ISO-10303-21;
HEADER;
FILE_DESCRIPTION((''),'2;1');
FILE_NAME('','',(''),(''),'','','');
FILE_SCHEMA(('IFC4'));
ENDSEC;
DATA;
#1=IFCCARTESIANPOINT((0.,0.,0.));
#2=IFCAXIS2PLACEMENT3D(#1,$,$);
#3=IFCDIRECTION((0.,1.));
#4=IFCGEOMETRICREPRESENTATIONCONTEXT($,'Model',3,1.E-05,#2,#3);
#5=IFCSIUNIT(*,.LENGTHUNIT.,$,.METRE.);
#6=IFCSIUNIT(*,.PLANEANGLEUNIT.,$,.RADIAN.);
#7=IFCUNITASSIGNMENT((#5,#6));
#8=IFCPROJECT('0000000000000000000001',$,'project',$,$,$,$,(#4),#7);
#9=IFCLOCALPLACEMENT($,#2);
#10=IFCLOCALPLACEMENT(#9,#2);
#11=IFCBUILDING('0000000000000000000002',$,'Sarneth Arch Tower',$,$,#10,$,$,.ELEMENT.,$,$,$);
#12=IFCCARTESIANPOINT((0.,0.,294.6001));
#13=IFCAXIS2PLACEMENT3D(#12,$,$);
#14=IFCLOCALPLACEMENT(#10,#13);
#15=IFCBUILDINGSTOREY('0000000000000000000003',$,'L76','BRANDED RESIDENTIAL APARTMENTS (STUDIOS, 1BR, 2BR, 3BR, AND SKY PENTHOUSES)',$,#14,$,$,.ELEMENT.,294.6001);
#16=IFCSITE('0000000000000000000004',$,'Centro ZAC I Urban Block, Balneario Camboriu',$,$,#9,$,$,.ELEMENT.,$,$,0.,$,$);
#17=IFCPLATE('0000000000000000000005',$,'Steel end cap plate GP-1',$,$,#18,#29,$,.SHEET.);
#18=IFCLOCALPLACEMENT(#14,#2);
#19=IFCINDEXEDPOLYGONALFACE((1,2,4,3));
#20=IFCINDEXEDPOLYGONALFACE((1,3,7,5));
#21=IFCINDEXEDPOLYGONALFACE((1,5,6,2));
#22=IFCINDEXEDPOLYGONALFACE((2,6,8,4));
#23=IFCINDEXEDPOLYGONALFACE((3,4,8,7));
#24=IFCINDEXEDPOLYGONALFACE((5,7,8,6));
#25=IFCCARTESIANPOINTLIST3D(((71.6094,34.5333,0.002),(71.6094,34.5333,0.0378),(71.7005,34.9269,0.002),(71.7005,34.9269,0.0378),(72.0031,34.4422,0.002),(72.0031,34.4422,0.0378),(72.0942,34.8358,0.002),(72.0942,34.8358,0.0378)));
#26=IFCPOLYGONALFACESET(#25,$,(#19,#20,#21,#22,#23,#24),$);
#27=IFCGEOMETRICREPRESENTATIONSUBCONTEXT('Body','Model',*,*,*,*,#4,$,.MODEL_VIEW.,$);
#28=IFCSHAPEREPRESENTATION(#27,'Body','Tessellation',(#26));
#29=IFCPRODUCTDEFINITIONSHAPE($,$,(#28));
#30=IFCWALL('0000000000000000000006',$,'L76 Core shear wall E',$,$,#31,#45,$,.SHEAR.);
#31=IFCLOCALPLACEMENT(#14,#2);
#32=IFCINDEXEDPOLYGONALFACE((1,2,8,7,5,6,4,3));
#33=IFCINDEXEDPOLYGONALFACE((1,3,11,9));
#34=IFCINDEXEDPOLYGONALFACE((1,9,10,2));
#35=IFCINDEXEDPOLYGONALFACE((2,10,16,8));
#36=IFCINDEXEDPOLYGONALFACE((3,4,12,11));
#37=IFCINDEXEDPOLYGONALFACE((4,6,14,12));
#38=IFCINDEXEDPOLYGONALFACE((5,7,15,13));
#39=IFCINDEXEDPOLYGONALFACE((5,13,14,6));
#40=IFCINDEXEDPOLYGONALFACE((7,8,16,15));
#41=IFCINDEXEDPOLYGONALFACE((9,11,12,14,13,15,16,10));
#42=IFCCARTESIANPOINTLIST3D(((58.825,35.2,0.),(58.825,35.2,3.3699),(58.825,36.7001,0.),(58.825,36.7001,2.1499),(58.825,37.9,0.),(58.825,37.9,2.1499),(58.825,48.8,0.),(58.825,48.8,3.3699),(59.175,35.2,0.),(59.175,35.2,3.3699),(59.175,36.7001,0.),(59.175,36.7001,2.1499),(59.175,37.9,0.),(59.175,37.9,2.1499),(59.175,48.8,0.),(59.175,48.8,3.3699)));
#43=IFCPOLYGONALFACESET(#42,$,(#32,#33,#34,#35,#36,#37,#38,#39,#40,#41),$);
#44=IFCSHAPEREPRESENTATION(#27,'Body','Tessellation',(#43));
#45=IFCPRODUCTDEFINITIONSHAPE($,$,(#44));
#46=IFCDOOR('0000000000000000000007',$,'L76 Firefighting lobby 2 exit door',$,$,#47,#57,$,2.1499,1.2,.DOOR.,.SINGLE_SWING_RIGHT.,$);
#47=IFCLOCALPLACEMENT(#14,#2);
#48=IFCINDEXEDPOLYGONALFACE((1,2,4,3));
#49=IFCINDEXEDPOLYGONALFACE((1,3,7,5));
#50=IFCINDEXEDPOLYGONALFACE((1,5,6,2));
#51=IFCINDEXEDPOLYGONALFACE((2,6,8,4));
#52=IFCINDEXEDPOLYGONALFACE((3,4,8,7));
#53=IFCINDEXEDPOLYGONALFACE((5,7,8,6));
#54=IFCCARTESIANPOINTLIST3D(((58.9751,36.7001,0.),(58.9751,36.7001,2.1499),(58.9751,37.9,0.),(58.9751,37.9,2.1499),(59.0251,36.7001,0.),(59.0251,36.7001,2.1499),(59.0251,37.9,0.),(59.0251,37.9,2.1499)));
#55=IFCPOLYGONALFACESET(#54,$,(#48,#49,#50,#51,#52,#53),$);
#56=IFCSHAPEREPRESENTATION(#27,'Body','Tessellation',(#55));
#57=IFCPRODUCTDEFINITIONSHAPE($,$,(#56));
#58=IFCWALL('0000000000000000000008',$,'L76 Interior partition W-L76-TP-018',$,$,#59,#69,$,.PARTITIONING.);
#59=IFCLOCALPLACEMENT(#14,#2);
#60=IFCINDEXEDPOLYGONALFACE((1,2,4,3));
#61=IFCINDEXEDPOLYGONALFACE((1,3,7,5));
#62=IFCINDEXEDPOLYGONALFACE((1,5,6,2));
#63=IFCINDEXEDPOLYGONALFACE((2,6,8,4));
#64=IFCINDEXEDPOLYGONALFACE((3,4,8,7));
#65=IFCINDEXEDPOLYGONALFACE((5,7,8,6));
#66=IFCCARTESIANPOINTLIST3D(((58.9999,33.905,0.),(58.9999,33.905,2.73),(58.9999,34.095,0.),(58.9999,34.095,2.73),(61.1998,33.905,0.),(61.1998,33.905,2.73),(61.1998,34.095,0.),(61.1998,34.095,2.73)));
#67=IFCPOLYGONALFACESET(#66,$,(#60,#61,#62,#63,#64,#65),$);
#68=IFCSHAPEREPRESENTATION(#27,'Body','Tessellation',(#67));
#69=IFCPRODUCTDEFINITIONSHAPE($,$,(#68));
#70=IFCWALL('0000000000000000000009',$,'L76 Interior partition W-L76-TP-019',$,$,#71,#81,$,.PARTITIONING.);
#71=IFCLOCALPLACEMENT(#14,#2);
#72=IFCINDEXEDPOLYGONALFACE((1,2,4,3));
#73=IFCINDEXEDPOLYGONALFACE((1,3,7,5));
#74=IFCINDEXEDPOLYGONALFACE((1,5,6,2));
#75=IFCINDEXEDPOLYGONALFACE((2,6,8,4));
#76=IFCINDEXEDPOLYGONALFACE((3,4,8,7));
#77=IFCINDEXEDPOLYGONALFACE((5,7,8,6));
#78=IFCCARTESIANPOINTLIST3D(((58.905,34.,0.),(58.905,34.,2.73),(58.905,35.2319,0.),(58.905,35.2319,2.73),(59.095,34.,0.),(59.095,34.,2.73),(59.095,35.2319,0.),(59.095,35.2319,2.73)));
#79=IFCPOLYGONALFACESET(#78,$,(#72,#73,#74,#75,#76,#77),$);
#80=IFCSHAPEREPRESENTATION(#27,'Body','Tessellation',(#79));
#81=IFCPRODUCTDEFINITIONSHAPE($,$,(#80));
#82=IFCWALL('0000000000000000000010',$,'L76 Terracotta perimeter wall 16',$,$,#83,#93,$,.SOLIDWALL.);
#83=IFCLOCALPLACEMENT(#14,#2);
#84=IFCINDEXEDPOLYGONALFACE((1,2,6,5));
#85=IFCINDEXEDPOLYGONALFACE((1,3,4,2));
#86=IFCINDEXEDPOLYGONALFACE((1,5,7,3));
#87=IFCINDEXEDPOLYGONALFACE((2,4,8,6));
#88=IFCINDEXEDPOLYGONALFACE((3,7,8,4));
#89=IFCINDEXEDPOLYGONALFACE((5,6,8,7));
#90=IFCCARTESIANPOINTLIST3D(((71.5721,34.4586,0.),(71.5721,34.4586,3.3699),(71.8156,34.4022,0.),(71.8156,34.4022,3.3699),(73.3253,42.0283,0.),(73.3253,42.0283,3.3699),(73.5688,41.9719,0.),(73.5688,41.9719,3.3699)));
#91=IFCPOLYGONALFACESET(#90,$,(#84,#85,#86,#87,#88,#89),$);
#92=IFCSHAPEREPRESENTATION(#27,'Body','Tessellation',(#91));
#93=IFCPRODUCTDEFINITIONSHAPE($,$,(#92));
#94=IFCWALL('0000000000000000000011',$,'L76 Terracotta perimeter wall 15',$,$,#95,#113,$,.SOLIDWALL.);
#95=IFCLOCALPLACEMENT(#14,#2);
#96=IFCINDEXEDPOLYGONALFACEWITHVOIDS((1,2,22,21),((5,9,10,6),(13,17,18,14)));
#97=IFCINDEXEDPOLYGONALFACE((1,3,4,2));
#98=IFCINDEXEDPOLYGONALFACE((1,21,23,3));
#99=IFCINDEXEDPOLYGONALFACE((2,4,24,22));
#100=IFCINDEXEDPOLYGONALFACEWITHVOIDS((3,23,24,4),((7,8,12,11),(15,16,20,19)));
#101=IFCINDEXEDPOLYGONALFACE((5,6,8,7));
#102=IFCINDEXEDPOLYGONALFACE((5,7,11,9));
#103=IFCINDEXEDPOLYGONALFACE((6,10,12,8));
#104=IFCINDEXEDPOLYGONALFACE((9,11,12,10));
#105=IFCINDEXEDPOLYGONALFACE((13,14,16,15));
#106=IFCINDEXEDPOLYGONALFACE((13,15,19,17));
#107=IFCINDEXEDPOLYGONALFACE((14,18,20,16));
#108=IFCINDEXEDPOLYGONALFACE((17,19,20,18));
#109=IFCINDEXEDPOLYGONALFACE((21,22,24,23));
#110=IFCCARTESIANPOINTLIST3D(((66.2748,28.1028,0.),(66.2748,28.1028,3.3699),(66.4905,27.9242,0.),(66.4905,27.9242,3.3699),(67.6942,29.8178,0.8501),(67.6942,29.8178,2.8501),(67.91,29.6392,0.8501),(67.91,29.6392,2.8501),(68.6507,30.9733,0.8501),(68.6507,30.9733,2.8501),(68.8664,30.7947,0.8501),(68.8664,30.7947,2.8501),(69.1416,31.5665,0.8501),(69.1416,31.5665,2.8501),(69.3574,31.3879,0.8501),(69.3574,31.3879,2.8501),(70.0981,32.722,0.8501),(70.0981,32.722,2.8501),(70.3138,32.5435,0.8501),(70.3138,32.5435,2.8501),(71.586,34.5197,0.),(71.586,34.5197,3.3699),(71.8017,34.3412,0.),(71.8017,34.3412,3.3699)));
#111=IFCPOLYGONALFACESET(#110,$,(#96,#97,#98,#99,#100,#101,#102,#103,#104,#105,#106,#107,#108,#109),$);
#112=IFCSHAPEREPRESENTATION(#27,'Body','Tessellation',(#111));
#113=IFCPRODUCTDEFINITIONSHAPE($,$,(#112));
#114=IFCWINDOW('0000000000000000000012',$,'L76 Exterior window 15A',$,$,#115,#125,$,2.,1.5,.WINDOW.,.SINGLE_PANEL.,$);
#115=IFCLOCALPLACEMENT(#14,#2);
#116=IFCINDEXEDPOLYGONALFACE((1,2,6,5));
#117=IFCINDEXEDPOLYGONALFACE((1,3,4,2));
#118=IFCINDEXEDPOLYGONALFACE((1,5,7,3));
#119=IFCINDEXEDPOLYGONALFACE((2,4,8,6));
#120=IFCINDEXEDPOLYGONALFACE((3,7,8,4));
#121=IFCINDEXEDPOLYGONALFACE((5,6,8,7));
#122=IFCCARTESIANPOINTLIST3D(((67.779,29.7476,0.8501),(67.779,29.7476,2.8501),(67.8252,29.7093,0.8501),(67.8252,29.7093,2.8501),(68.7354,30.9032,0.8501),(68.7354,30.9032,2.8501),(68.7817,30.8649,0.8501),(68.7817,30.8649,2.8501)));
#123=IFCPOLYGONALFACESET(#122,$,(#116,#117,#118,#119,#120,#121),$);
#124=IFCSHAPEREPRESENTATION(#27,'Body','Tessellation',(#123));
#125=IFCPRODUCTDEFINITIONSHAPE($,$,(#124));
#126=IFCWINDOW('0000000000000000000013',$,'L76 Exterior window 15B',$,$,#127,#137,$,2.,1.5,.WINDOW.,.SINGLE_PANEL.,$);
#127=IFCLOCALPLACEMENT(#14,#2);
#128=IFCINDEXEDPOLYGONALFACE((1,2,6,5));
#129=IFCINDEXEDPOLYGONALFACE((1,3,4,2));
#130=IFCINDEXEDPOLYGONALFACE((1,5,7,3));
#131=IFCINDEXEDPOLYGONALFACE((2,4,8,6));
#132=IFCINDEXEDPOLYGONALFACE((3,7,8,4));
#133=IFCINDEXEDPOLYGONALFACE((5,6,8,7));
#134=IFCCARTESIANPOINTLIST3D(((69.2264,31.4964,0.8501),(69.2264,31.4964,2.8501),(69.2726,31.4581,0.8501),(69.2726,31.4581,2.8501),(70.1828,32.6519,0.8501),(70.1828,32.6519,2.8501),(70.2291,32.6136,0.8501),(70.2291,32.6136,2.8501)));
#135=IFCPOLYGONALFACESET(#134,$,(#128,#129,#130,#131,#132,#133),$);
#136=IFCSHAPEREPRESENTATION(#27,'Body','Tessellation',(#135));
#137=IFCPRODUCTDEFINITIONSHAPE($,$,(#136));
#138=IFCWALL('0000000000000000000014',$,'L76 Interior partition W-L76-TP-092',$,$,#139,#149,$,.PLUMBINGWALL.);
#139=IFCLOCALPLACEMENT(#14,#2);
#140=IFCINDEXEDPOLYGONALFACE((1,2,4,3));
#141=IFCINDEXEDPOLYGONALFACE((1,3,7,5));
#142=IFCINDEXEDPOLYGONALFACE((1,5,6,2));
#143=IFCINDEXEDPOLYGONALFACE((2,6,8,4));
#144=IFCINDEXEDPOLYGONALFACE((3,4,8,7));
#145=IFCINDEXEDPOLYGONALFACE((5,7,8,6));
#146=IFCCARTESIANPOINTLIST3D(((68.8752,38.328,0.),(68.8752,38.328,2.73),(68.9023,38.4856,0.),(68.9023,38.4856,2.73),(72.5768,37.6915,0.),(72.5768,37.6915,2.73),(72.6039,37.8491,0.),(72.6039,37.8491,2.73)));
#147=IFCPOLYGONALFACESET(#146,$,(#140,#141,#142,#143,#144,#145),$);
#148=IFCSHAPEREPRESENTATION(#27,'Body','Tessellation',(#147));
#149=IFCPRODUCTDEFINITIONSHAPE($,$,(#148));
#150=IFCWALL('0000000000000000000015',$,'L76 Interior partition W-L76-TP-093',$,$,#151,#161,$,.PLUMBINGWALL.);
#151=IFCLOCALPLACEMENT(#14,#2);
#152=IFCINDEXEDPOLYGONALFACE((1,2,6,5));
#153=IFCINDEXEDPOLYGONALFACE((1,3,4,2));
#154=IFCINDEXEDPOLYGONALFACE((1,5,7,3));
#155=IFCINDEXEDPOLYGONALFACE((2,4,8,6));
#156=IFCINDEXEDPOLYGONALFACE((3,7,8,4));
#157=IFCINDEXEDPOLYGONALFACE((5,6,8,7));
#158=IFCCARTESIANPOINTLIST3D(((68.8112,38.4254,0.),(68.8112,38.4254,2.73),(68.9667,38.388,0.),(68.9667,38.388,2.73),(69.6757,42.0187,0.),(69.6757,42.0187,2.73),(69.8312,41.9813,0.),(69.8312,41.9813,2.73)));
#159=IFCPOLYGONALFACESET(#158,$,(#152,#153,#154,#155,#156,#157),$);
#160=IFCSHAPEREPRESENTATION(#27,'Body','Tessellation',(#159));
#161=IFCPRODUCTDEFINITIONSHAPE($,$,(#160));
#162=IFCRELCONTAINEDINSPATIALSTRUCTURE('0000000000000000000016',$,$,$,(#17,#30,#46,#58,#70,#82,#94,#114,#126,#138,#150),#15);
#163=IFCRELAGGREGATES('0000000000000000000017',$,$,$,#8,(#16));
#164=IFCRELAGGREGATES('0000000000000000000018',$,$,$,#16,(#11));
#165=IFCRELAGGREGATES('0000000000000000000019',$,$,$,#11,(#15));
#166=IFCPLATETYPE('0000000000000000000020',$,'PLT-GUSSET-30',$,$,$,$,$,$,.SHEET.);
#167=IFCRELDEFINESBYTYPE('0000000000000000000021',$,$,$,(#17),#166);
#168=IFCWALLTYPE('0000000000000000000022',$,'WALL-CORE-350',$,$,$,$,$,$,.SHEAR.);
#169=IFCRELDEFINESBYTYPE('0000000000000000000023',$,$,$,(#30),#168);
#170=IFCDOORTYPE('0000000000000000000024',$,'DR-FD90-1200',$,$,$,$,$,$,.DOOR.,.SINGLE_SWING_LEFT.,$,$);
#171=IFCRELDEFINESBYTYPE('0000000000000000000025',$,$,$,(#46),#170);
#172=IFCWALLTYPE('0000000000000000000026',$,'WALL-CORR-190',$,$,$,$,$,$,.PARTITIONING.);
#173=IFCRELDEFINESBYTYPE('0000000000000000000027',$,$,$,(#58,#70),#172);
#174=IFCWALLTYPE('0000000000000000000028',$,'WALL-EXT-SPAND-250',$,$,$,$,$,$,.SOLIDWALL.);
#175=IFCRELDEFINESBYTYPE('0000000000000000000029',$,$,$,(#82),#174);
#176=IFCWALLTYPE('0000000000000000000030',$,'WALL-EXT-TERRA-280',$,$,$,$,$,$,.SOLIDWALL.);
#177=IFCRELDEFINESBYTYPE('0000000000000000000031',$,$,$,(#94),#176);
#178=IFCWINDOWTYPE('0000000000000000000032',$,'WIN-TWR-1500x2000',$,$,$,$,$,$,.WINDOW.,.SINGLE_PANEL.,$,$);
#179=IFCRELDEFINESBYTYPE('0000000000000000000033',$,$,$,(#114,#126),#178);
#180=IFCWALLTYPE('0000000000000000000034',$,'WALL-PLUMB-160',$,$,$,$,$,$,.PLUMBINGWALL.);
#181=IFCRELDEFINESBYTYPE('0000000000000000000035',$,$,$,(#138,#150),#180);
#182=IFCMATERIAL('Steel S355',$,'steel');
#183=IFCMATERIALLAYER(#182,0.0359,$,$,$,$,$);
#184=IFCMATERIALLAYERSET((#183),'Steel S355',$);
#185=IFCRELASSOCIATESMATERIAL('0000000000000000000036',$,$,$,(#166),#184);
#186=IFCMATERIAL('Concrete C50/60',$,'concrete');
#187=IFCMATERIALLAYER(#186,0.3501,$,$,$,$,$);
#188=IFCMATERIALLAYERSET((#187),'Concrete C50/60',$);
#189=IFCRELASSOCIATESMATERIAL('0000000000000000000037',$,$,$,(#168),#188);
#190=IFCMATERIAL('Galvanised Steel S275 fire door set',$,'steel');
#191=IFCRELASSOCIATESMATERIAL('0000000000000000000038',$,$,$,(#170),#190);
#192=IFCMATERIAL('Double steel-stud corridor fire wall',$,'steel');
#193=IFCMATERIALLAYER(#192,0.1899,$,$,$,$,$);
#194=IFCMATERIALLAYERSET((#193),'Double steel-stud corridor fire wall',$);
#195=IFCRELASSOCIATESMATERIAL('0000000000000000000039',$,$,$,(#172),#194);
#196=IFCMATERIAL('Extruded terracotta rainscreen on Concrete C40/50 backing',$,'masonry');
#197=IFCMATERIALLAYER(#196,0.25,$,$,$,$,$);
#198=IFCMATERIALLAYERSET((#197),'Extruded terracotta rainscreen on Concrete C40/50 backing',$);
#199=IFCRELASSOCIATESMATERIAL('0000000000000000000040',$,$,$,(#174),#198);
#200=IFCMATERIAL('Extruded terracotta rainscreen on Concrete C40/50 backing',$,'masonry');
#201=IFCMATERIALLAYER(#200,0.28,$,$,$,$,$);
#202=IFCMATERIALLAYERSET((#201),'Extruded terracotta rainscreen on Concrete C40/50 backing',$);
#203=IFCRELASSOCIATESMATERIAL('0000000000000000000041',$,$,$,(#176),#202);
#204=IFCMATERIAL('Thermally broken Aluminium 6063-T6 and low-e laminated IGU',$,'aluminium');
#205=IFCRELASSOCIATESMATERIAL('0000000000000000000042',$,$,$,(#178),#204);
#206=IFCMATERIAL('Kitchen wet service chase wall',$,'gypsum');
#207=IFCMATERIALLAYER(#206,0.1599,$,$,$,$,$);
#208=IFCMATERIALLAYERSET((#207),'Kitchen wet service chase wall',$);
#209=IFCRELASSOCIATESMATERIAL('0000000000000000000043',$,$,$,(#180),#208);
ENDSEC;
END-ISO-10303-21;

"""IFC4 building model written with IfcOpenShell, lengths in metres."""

from ifc_helpers import new_model, si_unit, direction, frame, frame_2d, origin, origin_2d, place, context, subcontext, project, spatial, rectangle, extrude, material, layer, layer_set, type_object, element, fill, save


model = new_model("IFC4")

# Units and contexts
model_context = context("Model", 3, precision=1e-05, world=origin(), true_north=direction((0.0, 1.0)))
body_context = subcontext(model_context, "Body", "Model", "MODEL_VIEW")
ifc_project = project(units=[si_unit("LENGTHUNIT", "METRE"), si_unit("PLANEANGLEUNIT", "RADIAN")], contexts=[model_context])

# Site, building, storey
site_placement = place(None, origin())
site = spatial("IfcSite", under=ifc_project, at=site_placement, Name="Centro ZAC I Urban Block, Balneario Camboriu", CompositionType="ELEMENT", RefElevation=0.0)
building_placement = place(site_placement, origin())
building = spatial("IfcBuilding", under=site, at=building_placement, Name="Sarneth Arch Tower", CompositionType="ELEMENT")
storey_placement = place(building_placement, frame((0.0, 0.0, 294.6001)))
storey = spatial("IfcBuildingStorey", under=building, at=storey_placement, Name="L76", Description="BRANDED RESIDENTIAL APARTMENTS (STUDIOS, 1BR, 2BR, 3BR, AND SKY PENTHOUSES)", CompositionType="ELEMENT", Elevation=294.6001)

# Plate
ifc_material_1 = material(Name="Steel S355", Category="steel")
ifc_layer_1 = layer(ifc_material_1, 0.0359)
ifc_layer_set_1 = layer_set([ifc_layer_1], Name="Steel S355")
plate_type = type_object("IfcPlateType", Name="PLT-GUSSET-30", PredefinedType="SHEET", material=ifc_layer_set_1)
plate_placement = place(storey_placement, frame((71.8518, 34.6846, 0.002), z_axis=(0.0, 0.0, 1.0), x_axis=(0.225461, 0.974252, 0.0)))
element("IfcPlate", 1, at=plate_placement, inside=storey, type_object=plate_type, Name="Steel end cap plate GP-1", PredefinedType="SHEET", context=body_context, shape_type="SweptSolid", body=[
    extrude(rectangle(XDim=0.4041, YDim=0.4041, at=origin_2d()), origin(), (0.0, 0.0, 1.0), 0.0359),
])

# Wall, opening, door
ifc_material_2 = material(Name="Concrete C50/60", Category="concrete")
ifc_layer_2 = layer(ifc_material_2, 0.3501)
ifc_layer_set_2 = layer_set([ifc_layer_2], Name="Concrete C50/60")
wall_type_1 = type_object("IfcWallType", Name="WALL-CORE-350", PredefinedType="SHEAR", material=ifc_layer_set_2)
wall_1_placement = place(storey_placement, frame((59.0, 35.2, 0.0), z_axis=(0.0, 0.0, 1.0), x_axis=(0.0, 1.0, 0.0)))
wall_1 = element("IfcWall", 2, at=wall_1_placement, inside=storey, type_object=wall_type_1, Name="L76 Core shear wall E", PredefinedType="SHEAR", context=body_context, shape_type="SweptSolid", body=[
    extrude(rectangle(XDim=13.6001, YDim=0.3501, at=frame_2d((6.8, 0.0))), origin(), (0.0, 0.0, 1.0), 3.3699),
])
opening_1_placement = place(wall_1_placement, frame((1.5, 0.0, 0.0)))
opening_1 = element("IfcOpeningElement", 3, at=opening_1_placement, cuts=wall_1, PredefinedType="OPENING", context=body_context, shape_type="SweptSolid", body=[
    extrude(rectangle(XDim=1.2, YDim=2.1499, at=frame_2d((0.6001, 1.075))), frame((0.0, 0.1851, 0.0), z_axis=(0.0, -1.0, 0.0), x_axis=(1.0, 0.0, 0.0)), (0.0, 0.0, 1.0), 0.3701),
])
ifc_material_3 = material(Name="Galvanised Steel S275 fire door set", Category="steel")
door_type = type_object("IfcDoorType", Name="DR-FD90-1200", OperationType="SINGLE_SWING_LEFT", PredefinedType="DOOR", material=ifc_material_3)
door_placement = place(opening_1_placement, origin())
door = element("IfcDoor", 4, at=door_placement, inside=storey, type_object=door_type, Name="L76 Firefighting lobby 2 exit door", OperationType="SINGLE_SWING_RIGHT", OverallHeight=2.1499, OverallWidth=1.2, PredefinedType="DOOR", context=body_context, shape_type="SweptSolid", body=[
    extrude(rectangle(XDim=1.2, YDim=2.1499, at=frame_2d((0.6001, 1.075))), frame((0.0, 0.0249, 0.0), z_axis=(0.0, -1.0, 0.0), x_axis=(1.0, 0.0, 0.0)), (0.0, 0.0, 1.0), 0.05),
])
fill(opening_1, door)

# Walls
ifc_material_4 = material(Name="Double steel-stud corridor fire wall", Category="steel")
ifc_layer_3 = layer(ifc_material_4, 0.1899)
ifc_layer_set_3 = layer_set([ifc_layer_3], Name="Double steel-stud corridor fire wall")
wall_type_2 = type_object("IfcWallType", Name="WALL-CORR-190", PredefinedType="PARTITIONING", material=ifc_layer_set_3)
wall_2_placement = place(storey_placement, frame((61.2, 34.0, 0.0), z_axis=(0.0, 0.0, 1.0), x_axis=(-1.0, 0.0, 0.0)))
element("IfcWall", 5, at=wall_2_placement, inside=storey, type_object=wall_type_2, Name="L76 Interior partition W-L76-TP-018", PredefinedType="PARTITIONING", context=body_context, shape_type="SweptSolid", body=[
    extrude(rectangle(XDim=2.2, YDim=0.1899, at=frame_2d((1.1001, 0.0))), origin(), (0.0, 0.0, 1.0), 2.73),
])
wall_3_placement = place(storey_placement, frame((59.0, 34.0, 0.0), z_axis=(0.0, 0.0, 1.0), x_axis=(0.0, 1.0, 0.0)))
element("IfcWall", 6, at=wall_3_placement, inside=storey, type_object=wall_type_2, Name="L76 Interior partition W-L76-TP-019", PredefinedType="PARTITIONING", context=body_context, shape_type="SweptSolid", body=[
    extrude(rectangle(XDim=1.2319, YDim=0.1899, at=frame_2d((0.616, 0.0))), origin(), (0.0, 0.0, 1.0), 2.73),
])
ifc_material_5 = material(Name="Extruded terracotta rainscreen on Concrete C40/50 backing", Category="masonry")
ifc_layer_4 = layer(ifc_material_5, 0.25)
ifc_layer_set_4 = layer_set([ifc_layer_4], Name="Extruded terracotta rainscreen on Concrete C40/50 backing")
wall_type_3 = type_object("IfcWallType", Name="WALL-EXT-SPAND-250", PredefinedType="SOLIDWALL", material=ifc_layer_set_4)
wall_4_placement = place(storey_placement, frame((71.6938, 34.4304, 0.0), z_axis=(0.0, 0.0, 1.0), x_axis=(0.225635, 0.974212, 0.0)))
element("IfcWall", 7, at=wall_4_placement, inside=storey, type_object=wall_type_3, Name="L76 Terracotta perimeter wall 16", PredefinedType="SOLIDWALL", context=body_context, shape_type="SweptSolid", body=[
    extrude(rectangle(XDim=7.77, YDim=0.25, at=frame_2d((3.885, 0.0))), origin(), (0.0, 0.0, 1.0), 3.3699),
])

# Wall, openings, windows
ifc_material_6 = material(Name="Extruded terracotta rainscreen on Concrete C40/50 backing", Category="masonry")
ifc_layer_5 = layer(ifc_material_6, 0.28)
ifc_layer_set_5 = layer_set([ifc_layer_5], Name="Extruded terracotta rainscreen on Concrete C40/50 backing")
wall_type_4 = type_object("IfcWallType", Name="WALL-EXT-TERRA-280", PredefinedType="SOLIDWALL", material=ifc_layer_set_5)
wall_5_placement = place(storey_placement, frame((66.3826, 28.0134, 0.0), z_axis=(0.0, 0.0, 1.0), x_axis=(0.637615, 0.770355, 0.0)))
wall_5 = element("IfcWall", 8, at=wall_5_placement, inside=storey, type_object=wall_type_4, Name="L76 Terracotta perimeter wall 15", PredefinedType="SOLIDWALL", context=body_context, shape_type="SweptSolid", body=[
    extrude(rectangle(XDim=8.3298, YDim=0.28, at=frame_2d((4.165, 0.0))), origin(), (0.0, 0.0, 1.0), 3.3699),
])
opening_2_placement = place(wall_5_placement, frame((2.2263, 0.0, 0.8501)))
opening_2 = element("IfcOpeningElement", 9, at=opening_2_placement, cuts=wall_5, PredefinedType="OPENING", context=body_context, shape_type="SweptSolid", body=[
    extrude(rectangle(XDim=1.5, YDim=2.0, at=frame_2d((0.75, 1.0))), frame((0.0, 0.1499, 0.0), z_axis=(0.0, -1.0, 0.0), x_axis=(1.0, 0.0, 0.0)), (0.0, 0.0, 1.0), 0.3),
])
opening_3_placement = place(wall_5_placement, frame((4.4963, 0.0, 0.8501)))
opening_3 = element("IfcOpeningElement", 10, at=opening_3_placement, cuts=wall_5, PredefinedType="OPENING", context=body_context, shape_type="SweptSolid", body=[
    extrude(rectangle(XDim=1.5, YDim=2.0, at=frame_2d((0.75, 1.0))), frame((0.0, 0.1499, 0.0), z_axis=(0.0, -1.0, 0.0), x_axis=(1.0, 0.0, 0.0)), (0.0, 0.0, 1.0), 0.3),
])
ifc_material_7 = material(Name="Thermally broken Aluminium 6063-T6 and low-e laminated IGU", Category="aluminium")
window_type = type_object("IfcWindowType", Name="WIN-TWR-1500x2000", PartitioningType="SINGLE_PANEL", PredefinedType="WINDOW", material=ifc_material_7)
window_1_placement = place(opening_2_placement, origin())
window_1 = element("IfcWindow", 11, at=window_1_placement, inside=storey, type_object=window_type, Name="L76 Exterior window 15A", OverallHeight=2.0, OverallWidth=1.5, PartitioningType="SINGLE_PANEL", PredefinedType="WINDOW", context=body_context, shape_type="SweptSolid", body=[
    extrude(rectangle(XDim=1.5, YDim=2.0, at=frame_2d((0.75, 1.0))), frame((0.0, 0.03, 0.0), z_axis=(0.0, -1.0, 0.0), x_axis=(1.0, 0.0, 0.0)), (0.0, 0.0, 1.0), 0.0601),
])
fill(opening_2, window_1)
window_2_placement = place(opening_3_placement, origin())
window_2 = element("IfcWindow", 12, at=window_2_placement, inside=storey, type_object=window_type, Name="L76 Exterior window 15B", OverallHeight=2.0, OverallWidth=1.5, PartitioningType="SINGLE_PANEL", PredefinedType="WINDOW", context=body_context, shape_type="SweptSolid", body=[
    extrude(rectangle(XDim=1.5, YDim=2.0, at=frame_2d((0.75, 1.0))), frame((0.0, 0.03, 0.0), z_axis=(0.0, -1.0, 0.0), x_axis=(1.0, 0.0, 0.0)), (0.0, 0.0, 1.0), 0.0601),
])
fill(opening_3, window_2)

# Walls
ifc_material_8 = material(Name="Kitchen wet service chase wall", Category="gypsum")
ifc_layer_6 = layer(ifc_material_8, 0.1599)
ifc_layer_set_6 = layer_set([ifc_layer_6], Name="Kitchen wet service chase wall")
wall_type_5 = type_object("IfcWallType", Name="WALL-PLUMB-160", PredefinedType="PLUMBINGWALL", material=ifc_layer_set_6)
wall_6_placement = place(storey_placement, frame((72.5903, 37.7703, 0.0), z_axis=(0.0, 0.0, 1.0), x_axis=(-0.985536, 0.169467, 0.0)))
element("IfcWall", 13, at=wall_6_placement, inside=storey, type_object=wall_type_5, Name="L76 Interior partition W-L76-TP-092", PredefinedType="PLUMBINGWALL", context=body_context, shape_type="SweptSolid", body=[
    extrude(rectangle(XDim=3.7559, YDim=0.1599, at=frame_2d((1.8779, 0.0))), origin(), (0.0, 0.0, 1.0), 2.73),
])
wall_7_placement = place(storey_placement, frame((68.8889, 38.4067, 0.0), z_axis=(0.0, 0.0, 1.0), x_axis=(0.233915, 0.972257, 0.0)))
element("IfcWall", 14, at=wall_7_placement, inside=storey, type_object=wall_type_5, Name="L76 Interior partition W-L76-TP-093", PredefinedType="PLUMBINGWALL", context=body_context, shape_type="SweptSolid", body=[
    extrude(rectangle(XDim=3.6958, YDim=0.1599, at=frame_2d((1.8479, 0.0))), origin(), (0.0, 0.0, 1.0), 2.73),
])

save(model, "model.ifc")
